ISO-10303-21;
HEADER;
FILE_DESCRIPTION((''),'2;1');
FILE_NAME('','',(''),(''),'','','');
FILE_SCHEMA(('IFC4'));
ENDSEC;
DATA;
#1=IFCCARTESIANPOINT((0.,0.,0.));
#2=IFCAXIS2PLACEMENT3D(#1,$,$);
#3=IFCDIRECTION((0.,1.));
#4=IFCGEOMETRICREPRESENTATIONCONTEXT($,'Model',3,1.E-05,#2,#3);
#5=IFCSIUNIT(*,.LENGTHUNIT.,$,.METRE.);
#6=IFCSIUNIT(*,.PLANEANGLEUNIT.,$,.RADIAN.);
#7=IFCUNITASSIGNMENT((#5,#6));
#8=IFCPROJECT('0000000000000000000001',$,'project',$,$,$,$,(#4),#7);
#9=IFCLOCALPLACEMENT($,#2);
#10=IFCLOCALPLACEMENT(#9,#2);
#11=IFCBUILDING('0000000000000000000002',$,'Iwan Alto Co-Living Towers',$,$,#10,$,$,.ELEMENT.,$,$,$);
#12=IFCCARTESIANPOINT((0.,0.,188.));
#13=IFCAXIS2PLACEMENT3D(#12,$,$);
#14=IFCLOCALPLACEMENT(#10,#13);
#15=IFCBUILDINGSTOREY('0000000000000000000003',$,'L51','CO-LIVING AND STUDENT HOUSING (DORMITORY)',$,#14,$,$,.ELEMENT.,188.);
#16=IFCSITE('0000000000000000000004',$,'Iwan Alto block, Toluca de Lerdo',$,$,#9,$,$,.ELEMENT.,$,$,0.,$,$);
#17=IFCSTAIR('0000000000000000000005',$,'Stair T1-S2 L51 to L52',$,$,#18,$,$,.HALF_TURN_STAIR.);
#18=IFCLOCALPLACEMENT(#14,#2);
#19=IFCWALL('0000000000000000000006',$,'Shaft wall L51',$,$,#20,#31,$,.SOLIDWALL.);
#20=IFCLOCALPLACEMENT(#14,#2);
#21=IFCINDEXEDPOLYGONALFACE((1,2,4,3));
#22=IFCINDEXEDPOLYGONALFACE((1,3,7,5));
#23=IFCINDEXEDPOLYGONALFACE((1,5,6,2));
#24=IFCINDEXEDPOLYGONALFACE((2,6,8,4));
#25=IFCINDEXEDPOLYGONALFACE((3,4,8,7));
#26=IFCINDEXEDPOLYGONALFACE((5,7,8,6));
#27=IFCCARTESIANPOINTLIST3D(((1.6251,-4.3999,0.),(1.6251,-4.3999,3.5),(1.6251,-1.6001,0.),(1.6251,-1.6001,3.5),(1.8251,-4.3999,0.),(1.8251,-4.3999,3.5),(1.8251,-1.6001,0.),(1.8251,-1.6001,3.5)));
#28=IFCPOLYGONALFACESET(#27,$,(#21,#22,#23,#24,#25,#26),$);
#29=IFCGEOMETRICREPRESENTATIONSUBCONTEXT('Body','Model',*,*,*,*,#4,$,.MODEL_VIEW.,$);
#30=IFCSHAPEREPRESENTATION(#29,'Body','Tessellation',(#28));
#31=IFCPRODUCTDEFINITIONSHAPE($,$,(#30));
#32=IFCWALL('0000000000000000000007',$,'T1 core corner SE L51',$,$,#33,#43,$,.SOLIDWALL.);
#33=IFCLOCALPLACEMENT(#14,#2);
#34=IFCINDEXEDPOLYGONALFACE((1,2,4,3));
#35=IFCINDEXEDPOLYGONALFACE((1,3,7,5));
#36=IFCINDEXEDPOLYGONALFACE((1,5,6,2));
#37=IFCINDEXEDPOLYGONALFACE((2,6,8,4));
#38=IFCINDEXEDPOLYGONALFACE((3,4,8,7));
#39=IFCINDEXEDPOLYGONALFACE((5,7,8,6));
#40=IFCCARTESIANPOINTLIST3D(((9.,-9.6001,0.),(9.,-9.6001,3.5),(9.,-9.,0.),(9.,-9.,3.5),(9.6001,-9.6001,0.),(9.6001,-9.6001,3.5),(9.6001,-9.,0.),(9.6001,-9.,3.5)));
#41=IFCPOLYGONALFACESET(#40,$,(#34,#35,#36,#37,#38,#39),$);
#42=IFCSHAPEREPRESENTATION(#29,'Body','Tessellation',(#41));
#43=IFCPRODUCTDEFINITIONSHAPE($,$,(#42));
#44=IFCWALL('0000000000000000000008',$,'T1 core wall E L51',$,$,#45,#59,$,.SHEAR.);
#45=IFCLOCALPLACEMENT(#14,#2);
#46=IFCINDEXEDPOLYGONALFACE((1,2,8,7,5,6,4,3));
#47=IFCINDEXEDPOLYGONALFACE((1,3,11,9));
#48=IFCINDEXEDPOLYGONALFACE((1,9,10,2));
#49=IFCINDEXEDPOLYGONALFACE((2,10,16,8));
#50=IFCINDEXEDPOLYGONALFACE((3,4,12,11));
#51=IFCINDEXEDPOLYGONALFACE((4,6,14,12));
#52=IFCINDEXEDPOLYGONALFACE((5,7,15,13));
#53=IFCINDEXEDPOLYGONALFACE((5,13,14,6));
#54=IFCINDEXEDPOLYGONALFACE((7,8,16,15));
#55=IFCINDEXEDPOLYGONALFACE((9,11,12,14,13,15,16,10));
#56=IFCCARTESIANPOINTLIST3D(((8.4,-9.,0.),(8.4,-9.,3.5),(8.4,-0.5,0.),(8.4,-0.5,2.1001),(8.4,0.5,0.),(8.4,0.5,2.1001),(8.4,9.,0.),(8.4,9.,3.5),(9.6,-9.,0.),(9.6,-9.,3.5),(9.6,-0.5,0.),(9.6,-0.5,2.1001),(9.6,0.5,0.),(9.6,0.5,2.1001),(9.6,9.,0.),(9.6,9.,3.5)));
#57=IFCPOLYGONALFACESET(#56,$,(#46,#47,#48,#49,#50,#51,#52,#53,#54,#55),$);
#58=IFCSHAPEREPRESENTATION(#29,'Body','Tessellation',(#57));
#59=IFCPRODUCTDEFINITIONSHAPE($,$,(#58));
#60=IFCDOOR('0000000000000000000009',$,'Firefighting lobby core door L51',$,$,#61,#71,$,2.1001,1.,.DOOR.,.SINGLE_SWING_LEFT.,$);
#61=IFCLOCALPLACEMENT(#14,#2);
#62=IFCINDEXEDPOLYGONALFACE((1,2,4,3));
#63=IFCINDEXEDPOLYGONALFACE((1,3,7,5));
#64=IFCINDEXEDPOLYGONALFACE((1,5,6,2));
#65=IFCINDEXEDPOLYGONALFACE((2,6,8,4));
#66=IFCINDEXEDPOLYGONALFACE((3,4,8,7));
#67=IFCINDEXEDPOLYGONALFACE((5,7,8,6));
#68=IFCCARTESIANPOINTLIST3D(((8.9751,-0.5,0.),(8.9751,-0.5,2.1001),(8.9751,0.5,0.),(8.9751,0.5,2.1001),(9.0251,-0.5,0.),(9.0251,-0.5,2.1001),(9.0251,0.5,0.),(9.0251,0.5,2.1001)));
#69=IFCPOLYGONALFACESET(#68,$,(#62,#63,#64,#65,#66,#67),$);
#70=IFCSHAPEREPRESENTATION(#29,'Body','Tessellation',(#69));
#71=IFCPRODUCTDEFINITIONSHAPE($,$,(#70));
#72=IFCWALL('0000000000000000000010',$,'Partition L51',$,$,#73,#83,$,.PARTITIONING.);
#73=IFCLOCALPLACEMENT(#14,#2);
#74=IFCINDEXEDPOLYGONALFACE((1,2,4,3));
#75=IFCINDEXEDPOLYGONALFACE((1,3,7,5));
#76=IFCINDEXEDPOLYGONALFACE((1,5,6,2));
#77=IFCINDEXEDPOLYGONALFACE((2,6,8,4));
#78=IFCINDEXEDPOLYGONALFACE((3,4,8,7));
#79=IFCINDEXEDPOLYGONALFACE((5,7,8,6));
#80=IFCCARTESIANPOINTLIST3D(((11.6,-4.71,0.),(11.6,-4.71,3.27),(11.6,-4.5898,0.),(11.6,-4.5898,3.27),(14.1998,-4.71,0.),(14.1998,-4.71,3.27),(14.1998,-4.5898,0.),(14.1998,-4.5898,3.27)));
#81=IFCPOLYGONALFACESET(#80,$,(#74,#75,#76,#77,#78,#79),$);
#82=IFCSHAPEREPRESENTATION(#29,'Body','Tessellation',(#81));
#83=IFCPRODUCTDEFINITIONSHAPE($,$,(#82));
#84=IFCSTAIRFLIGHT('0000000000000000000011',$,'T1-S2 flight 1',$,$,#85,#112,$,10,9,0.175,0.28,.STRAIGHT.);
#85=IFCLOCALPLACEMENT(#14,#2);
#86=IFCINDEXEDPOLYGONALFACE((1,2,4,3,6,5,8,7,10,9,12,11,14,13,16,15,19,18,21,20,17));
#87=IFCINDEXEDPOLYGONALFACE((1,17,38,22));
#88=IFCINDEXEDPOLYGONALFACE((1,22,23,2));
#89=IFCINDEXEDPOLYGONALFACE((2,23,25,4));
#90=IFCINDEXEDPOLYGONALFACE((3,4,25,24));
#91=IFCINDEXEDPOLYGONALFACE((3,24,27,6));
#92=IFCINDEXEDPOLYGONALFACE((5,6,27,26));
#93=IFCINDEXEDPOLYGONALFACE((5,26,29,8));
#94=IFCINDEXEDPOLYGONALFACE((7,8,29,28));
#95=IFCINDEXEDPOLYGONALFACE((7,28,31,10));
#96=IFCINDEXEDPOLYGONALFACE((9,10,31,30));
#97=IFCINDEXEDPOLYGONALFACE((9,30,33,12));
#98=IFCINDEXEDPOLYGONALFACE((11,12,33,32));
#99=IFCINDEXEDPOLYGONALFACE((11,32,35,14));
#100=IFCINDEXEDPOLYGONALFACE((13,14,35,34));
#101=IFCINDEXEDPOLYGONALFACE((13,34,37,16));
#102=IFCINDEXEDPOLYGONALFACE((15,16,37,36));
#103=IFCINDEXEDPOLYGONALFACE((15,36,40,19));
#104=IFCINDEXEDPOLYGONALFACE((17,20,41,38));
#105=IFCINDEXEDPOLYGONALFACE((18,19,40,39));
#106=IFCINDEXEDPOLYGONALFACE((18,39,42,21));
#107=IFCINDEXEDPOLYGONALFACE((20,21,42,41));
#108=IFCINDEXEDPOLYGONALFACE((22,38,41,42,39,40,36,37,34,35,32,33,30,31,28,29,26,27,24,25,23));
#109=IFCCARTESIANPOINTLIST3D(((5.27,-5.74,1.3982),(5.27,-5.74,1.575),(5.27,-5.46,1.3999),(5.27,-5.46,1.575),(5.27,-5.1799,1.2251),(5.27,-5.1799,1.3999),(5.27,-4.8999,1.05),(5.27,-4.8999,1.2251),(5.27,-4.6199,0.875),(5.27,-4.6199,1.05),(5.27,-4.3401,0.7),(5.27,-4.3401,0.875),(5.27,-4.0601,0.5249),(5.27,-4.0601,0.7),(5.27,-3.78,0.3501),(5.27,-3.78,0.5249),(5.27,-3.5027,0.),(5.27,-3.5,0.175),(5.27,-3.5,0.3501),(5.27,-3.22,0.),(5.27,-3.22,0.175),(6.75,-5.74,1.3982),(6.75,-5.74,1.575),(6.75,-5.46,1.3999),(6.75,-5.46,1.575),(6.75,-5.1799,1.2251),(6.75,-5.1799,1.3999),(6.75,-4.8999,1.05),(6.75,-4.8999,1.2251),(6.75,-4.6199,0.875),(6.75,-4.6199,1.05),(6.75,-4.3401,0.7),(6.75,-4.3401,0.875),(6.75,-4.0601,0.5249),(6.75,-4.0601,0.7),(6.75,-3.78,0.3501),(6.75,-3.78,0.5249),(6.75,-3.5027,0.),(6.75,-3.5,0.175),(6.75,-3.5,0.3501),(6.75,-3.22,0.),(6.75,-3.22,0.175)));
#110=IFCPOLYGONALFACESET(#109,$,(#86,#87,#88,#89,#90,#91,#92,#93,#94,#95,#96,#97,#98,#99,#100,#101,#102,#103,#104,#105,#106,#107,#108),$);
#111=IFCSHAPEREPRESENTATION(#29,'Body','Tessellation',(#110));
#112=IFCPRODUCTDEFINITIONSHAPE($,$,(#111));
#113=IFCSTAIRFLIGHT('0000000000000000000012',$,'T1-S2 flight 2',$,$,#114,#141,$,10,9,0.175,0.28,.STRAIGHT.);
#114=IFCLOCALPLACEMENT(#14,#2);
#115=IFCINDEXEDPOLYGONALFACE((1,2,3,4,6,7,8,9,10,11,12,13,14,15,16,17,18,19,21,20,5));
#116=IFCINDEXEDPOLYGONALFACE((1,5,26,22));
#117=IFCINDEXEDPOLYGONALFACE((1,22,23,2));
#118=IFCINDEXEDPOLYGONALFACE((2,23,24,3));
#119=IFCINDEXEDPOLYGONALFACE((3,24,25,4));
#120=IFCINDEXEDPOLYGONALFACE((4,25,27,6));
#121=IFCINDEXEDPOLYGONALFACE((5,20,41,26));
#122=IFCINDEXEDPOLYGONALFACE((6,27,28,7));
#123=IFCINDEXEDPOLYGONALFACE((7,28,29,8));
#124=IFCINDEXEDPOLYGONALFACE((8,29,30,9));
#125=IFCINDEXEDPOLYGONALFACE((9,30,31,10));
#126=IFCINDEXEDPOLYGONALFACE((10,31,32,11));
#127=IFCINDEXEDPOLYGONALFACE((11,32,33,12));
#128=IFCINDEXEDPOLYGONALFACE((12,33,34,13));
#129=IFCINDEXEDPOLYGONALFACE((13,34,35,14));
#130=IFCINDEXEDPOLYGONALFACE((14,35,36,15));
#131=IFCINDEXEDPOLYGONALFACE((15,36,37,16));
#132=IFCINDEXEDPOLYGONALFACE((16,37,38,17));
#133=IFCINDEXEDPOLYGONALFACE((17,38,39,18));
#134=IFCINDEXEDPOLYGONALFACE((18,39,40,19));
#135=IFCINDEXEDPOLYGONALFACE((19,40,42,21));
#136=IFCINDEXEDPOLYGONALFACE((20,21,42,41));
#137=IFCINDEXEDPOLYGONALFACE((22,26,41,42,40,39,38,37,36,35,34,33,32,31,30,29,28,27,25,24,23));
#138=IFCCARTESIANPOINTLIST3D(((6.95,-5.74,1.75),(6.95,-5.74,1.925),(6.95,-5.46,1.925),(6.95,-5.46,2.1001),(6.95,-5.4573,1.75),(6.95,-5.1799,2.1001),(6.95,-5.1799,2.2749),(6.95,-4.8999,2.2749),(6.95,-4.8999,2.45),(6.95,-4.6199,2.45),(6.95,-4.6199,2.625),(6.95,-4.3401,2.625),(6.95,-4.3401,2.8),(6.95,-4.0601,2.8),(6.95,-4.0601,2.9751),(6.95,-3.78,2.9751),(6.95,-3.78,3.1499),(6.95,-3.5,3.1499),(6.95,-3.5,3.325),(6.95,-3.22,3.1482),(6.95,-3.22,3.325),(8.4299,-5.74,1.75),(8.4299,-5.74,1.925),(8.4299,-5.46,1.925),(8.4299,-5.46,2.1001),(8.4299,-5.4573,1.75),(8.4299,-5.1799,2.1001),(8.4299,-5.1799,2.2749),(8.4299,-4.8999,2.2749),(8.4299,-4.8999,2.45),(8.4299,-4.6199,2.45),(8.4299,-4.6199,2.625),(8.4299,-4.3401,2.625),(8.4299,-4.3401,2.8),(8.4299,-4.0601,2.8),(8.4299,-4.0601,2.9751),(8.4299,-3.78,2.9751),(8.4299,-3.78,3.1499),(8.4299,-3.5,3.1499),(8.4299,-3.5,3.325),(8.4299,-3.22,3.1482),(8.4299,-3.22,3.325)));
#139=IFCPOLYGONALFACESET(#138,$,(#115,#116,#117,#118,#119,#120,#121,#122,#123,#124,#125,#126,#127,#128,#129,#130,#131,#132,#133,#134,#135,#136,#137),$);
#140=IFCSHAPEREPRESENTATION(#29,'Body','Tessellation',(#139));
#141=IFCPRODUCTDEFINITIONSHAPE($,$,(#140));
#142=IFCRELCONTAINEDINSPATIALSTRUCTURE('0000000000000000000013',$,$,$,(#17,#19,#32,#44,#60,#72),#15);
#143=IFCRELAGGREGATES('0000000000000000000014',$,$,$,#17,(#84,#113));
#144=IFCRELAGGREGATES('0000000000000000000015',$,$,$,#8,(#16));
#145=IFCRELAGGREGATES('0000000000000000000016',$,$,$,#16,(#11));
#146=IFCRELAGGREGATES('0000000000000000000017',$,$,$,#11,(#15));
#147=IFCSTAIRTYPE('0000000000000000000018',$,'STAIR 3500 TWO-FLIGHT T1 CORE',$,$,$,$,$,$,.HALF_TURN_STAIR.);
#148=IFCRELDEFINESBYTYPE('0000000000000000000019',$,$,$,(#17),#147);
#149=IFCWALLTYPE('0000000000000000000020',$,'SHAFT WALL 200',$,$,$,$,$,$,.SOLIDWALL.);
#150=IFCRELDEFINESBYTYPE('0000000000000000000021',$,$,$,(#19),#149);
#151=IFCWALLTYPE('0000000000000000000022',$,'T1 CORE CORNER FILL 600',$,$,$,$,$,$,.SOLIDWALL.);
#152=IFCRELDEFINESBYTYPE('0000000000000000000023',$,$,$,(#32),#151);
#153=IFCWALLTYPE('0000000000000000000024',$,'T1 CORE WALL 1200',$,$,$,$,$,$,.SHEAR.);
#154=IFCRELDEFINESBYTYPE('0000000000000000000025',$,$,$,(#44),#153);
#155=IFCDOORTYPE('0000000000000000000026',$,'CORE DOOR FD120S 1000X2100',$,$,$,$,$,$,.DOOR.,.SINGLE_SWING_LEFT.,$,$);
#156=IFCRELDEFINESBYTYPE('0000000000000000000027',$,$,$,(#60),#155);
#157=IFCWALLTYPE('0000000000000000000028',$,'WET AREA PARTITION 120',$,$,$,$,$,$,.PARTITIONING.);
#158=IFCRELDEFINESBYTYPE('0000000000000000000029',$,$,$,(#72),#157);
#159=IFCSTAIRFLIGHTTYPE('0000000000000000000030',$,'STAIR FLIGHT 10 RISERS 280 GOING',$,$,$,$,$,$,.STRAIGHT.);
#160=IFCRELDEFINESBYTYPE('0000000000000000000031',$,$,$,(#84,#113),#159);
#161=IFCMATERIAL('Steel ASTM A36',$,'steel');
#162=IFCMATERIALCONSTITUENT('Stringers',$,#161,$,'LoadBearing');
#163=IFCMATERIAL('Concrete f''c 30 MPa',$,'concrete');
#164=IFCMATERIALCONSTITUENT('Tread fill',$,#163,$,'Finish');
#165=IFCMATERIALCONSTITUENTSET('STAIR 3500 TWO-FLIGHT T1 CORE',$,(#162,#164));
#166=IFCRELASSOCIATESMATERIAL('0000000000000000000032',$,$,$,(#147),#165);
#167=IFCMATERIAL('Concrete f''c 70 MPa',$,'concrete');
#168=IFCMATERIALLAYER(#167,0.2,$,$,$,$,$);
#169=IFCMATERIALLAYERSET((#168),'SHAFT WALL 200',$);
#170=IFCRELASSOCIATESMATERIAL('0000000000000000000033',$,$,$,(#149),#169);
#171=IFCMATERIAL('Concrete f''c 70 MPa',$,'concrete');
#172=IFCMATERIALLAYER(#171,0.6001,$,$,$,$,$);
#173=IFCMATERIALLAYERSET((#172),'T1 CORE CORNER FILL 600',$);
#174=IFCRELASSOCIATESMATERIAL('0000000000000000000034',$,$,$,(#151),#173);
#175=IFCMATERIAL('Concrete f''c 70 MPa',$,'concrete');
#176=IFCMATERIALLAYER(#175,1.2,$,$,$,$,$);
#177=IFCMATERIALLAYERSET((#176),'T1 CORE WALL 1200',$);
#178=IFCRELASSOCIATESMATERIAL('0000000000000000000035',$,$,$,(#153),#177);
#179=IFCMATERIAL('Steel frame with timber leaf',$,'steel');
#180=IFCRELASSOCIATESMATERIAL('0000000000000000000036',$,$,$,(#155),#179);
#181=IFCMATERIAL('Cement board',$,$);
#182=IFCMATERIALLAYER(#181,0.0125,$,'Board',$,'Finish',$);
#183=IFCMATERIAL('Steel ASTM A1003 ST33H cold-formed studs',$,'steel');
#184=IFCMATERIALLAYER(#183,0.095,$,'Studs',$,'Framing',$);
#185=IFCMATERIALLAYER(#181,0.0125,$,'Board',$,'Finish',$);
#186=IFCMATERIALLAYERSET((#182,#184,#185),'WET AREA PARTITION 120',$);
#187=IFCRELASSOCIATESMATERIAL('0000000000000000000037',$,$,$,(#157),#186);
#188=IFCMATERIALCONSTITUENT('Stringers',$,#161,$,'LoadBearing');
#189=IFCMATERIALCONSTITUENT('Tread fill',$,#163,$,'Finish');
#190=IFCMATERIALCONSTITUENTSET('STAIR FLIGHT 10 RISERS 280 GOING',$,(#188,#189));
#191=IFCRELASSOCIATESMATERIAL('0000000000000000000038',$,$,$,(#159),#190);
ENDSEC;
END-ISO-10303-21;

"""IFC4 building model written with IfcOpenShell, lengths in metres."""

from ifc_helpers import new_model, si_unit, direction, frame, frame_2d, origin, place, context, subcontext, project, spatial, polyline, rectangle, outline, extrude, material, layer, layer_set, constituent, constituent_set, type_object, element, fill, aggregate, save


model = new_model("IFC4")

# Units and contexts
model_context = context("Model", 3, precision=1e-05, world=origin(), true_north=direction((0.0, 1.0)))
body_context = subcontext(model_context, "Body", "Model", "MODEL_VIEW")
ifc_project = project(units=[si_unit("LENGTHUNIT", "METRE"), si_unit("PLANEANGLEUNIT", "RADIAN")], contexts=[model_context])

# Site, building, storey
site_placement = place(None, origin())
site = spatial("IfcSite", under=ifc_project, at=site_placement, Name="Iwan Alto block, Toluca de Lerdo", CompositionType="ELEMENT", RefElevation=0.0)
building_placement = place(site_placement, origin())
building = spatial("IfcBuilding", under=site, at=building_placement, Name="Iwan Alto Co-Living Towers", CompositionType="ELEMENT")
storey_placement = place(building_placement, frame((0.0, 0.0, 188.0)))
storey = spatial("IfcBuildingStorey", under=building, at=storey_placement, Name="L51", Description="CO-LIVING AND STUDENT HOUSING (DORMITORY)", CompositionType="ELEMENT", Elevation=188.0)

# Stair
ifc_material_1 = material(Name="Steel ASTM A36", Category="steel")
ifc_constituent_1 = constituent(ifc_material_1, Name="Stringers", Category="LoadBearing")
ifc_material_2 = material(Name="Concrete f'c 30 MPa", Category="concrete")
ifc_constituent_2 = constituent(ifc_material_2, Name="Tread fill", Category="Finish")
ifc_constituent_set_1 = constituent_set(constituents=[ifc_constituent_1, ifc_constituent_2], Name="STAIR 3500 TWO-FLIGHT T1 CORE")
stair_type = type_object("IfcStairType", Name="STAIR 3500 TWO-FLIGHT T1 CORE", PredefinedType="HALF_TURN_STAIR", material=ifc_constituent_set_1)
stair_1_placement = place(storey_placement, origin())
stair_1 = element("IfcStair", 1, at=stair_1_placement, inside=storey, type_object=stair_type, Name="Stair T1-S2 L51 to L52", PredefinedType="HALF_TURN_STAIR")

# Shared definitions
ifc_material_3 = material(Name="Steel ASTM A1003 ST33H cold-formed studs", Category="steel")

# Shared definitions
ifc_material_4 = material(Name="Concrete f'c 70 MPa", Category="concrete")
ifc_layer_1 = layer(ifc_material_4, 0.2)
ifc_layer_set_1 = layer_set([ifc_layer_1], Name="SHAFT WALL 200")
wall_type_1 = type_object("IfcWallType", Name="SHAFT WALL 200", PredefinedType="SOLIDWALL", material=ifc_layer_set_1)

# Walls
wall_1_placement = place(storey_placement, frame((1.7251, -4.3999, 0.0), z_axis=(0.0, 0.0, 1.0), x_axis=(0.0, 1.0, 0.0)))
element("IfcWall", 2, at=wall_1_placement, inside=storey, type_object=wall_type_1, Name="Shaft wall L51", PredefinedType="SOLIDWALL", context=body_context, shape_type="SweptSolid", body=[
    extrude(rectangle(XDim=2.7998, YDim=0.2, at=frame_2d((1.3999, 0.0))), origin(), (0.0, 0.0, 1.0), 3.5),
])
ifc_material_5 = material(Name="Concrete f'c 70 MPa", Category="concrete")
ifc_layer_2 = layer(ifc_material_5, 0.6001)
ifc_layer_set_2 = layer_set([ifc_layer_2], Name="T1 CORE CORNER FILL 600")
wall_type_2 = type_object("IfcWallType", Name="T1 CORE CORNER FILL 600", PredefinedType="SOLIDWALL", material=ifc_layer_set_2)
wall_2_placement = place(storey_placement, frame((9.0, -9.3, 0.0), z_axis=(0.0, 0.0, 1.0), x_axis=(1.0, 0.0, 0.0)))
element("IfcWall", 3, at=wall_2_placement, inside=storey, type_object=wall_type_2, Name="T1 core corner SE L51", PredefinedType="SOLIDWALL", context=body_context, shape_type="SweptSolid", body=[
    extrude(rectangle(XDim=0.6001, YDim=0.6001, at=frame_2d((0.3, 0.0))), origin(), (0.0, 0.0, 1.0), 3.5),
])

# Wall, opening, door
ifc_material_6 = material(Name="Concrete f'c 70 MPa", Category="concrete")
ifc_layer_3 = layer(ifc_material_6, 1.2)
ifc_layer_set_3 = layer_set([ifc_layer_3], Name="T1 CORE WALL 1200")
wall_type_3 = type_object("IfcWallType", Name="T1 CORE WALL 1200", PredefinedType="SHEAR", material=ifc_layer_set_3)
wall_3_placement = place(storey_placement, frame((9.0, -9.0, 0.0), z_axis=(0.0, 0.0, 1.0), x_axis=(0.0, 1.0, 0.0)))
wall_3 = element("IfcWall", 4, at=wall_3_placement, inside=storey, type_object=wall_type_3, Name="T1 core wall E L51", PredefinedType="SHEAR", context=body_context, shape_type="SweptSolid", body=[
    extrude(rectangle(XDim=18.0, YDim=1.2, at=frame_2d((9.0, 0.0))), origin(), (0.0, 0.0, 1.0), 3.5),
])
opening_1_placement = place(wall_3_placement, frame((8.5, 0.0, 0.0)))
opening_1 = element("IfcOpeningElement", 5, at=opening_1_placement, cuts=wall_3, PredefinedType="OPENING", context=body_context, shape_type="SweptSolid", body=[
    extrude(rectangle(XDim=1.0, YDim=2.1001, at=frame_2d((0.5, 1.05))), frame((0.0, 0.6099, 0.0), z_axis=(0.0, -1.0, 0.0), x_axis=(1.0, 0.0, 0.0)), (0.0, 0.0, 1.0), 1.22),
])
ifc_material_7 = material(Name="Steel frame with timber leaf", Category="steel")
door_type_1 = type_object("IfcDoorType", Name="CORE DOOR FD120S 1000X2100", OperationType="SINGLE_SWING_LEFT", PredefinedType="DOOR", material=ifc_material_7)
door_1_placement = place(opening_1_placement, origin())
door_1 = element("IfcDoor", 6, at=door_1_placement, inside=storey, type_object=door_type_1, Name="Firefighting lobby core door L51", OperationType="SINGLE_SWING_LEFT", OverallHeight=2.1001, OverallWidth=1.0, PredefinedType="DOOR", context=body_context, shape_type="SweptSolid", body=[
    extrude(rectangle(XDim=1.0, YDim=2.1001, at=frame_2d((0.5, 1.05))), frame((0.0, 0.0249, 0.0), z_axis=(0.0, -1.0, 0.0), x_axis=(1.0, 0.0, 0.0)), (0.0, 0.0, 1.0), 0.05),
])
fill(opening_1, door_1)

# Wall
ifc_material_8 = material(Name="Cement board")
ifc_layer_4 = layer(ifc_material_8, 0.0125, Name="Board", Category="Finish")
ifc_layer_5 = layer(ifc_material_3, 0.095, Name="Studs", Category="Framing")
ifc_layer_6 = layer(ifc_material_8, 0.0125, Name="Board", Category="Finish")
ifc_layer_set_4 = layer_set([ifc_layer_4, ifc_layer_5, ifc_layer_6], Name="WET AREA PARTITION 120")
wall_type_4 = type_object("IfcWallType", Name="WET AREA PARTITION 120", PredefinedType="PARTITIONING", material=ifc_layer_set_4)
wall_4_placement = place(storey_placement, frame((11.6001, -4.6499, 0.0), z_axis=(0.0, 0.0, 1.0), x_axis=(1.0, 0.0, 0.0)))
element("IfcWall", 7, at=wall_4_placement, inside=storey, type_object=wall_type_4, Name="Partition L51", PredefinedType="PARTITIONING", context=body_context, shape_type="SweptSolid", body=[
    extrude(rectangle(XDim=2.5999, YDim=0.1201, at=frame_2d((1.2998, 0.0))), origin(), (0.0, 0.0, 1.0), 3.27),
])

# Stair flights
ifc_constituent_3 = constituent(ifc_material_1, Name="Stringers", Category="LoadBearing")
ifc_constituent_4 = constituent(ifc_material_2, Name="Tread fill", Category="Finish")
ifc_constituent_set_2 = constituent_set(constituents=[ifc_constituent_3, ifc_constituent_4], Name="STAIR FLIGHT 10 RISERS 280 GOING")
stair_flight_type = type_object("IfcStairFlightType", Name="STAIR FLIGHT 10 RISERS 280 GOING", PredefinedType="STRAIGHT", material=ifc_constituent_set_2)
stair_flight_1_placement = place(storey_placement, frame((6.01, -3.22, 0.0), z_axis=(0.0, 0.0, 1.0), x_axis=(0.0, -1.0, 0.0)))
stair_flight_1 = element("IfcStairFlight", 8, at=stair_flight_1_placement, type_object=stair_flight_type, Name="T1-S2 flight 1", NumberOfRisers=10, NumberOfTreads=9, PredefinedType="STRAIGHT", RiserHeight=0.175, TreadLength=0.28, context=body_context, shape_type="SweptSolid", body=[
    extrude(outline(polyline([(0.0, 0.0), (0.0, 0.175), (0.28, 0.175), (0.28, 0.3501), (0.5601, 0.3501), (0.5601, 0.5249), (0.8401, 0.5249), (0.8401, 0.7), (1.1201, 0.7), (1.1201, 0.875), (1.3999, 0.875), (1.3999, 1.05), (1.6799, 1.05), (1.6799, 1.2251), (1.96, 1.2251), (1.96, 1.3999), (2.24, 1.3999), (2.24, 1.575), (2.52, 1.575), (2.52, 1.75), (2.52, 1.3982), (0.2827, 0.0), (0.0, 0.0)])), frame((0.0, 0.74, 0.0), z_axis=(0.0, -1.0, 0.0), x_axis=(1.0, 0.0, 0.0)), (0.0, 0.0, 1.0), 1.48),
])
stair_flight_2_placement = place(storey_placement, frame((7.6899, -5.74, 1.75), z_axis=(0.0, 0.0, 1.0), x_axis=(0.0, 1.0, 0.0)))
stair_flight_2 = element("IfcStairFlight", 9, at=stair_flight_2_placement, type_object=stair_flight_type, Name="T1-S2 flight 2", NumberOfRisers=10, NumberOfTreads=9, PredefinedType="STRAIGHT", RiserHeight=0.175, TreadLength=0.28, context=body_context, shape_type="SweptSolid", body=[
    extrude(outline(polyline([(0.0, 0.0), (0.0, 0.175), (0.28, 0.175), (0.28, 0.3501), (0.5601, 0.3501), (0.5601, 0.5249), (0.8401, 0.5249), (0.8401, 0.7), (1.1201, 0.7), (1.1201, 0.875), (1.3999, 0.875), (1.3999, 1.05), (1.6799, 1.05), (1.6799, 1.2251), (1.96, 1.2251), (1.96, 1.3999), (2.24, 1.3999), (2.24, 1.575), (2.52, 1.575), (2.52, 1.75), (2.52, 1.3982), (0.2827, 0.0), (0.0, 0.0)])), frame((0.0, 0.74, 0.0), z_axis=(0.0, -1.0, 0.0), x_axis=(1.0, 0.0, 0.0)), (0.0, 0.0, 1.0), 1.48),
])
aggregate(stair_1, [stair_flight_1, stair_flight_2])

save(model, "model.ifc")
